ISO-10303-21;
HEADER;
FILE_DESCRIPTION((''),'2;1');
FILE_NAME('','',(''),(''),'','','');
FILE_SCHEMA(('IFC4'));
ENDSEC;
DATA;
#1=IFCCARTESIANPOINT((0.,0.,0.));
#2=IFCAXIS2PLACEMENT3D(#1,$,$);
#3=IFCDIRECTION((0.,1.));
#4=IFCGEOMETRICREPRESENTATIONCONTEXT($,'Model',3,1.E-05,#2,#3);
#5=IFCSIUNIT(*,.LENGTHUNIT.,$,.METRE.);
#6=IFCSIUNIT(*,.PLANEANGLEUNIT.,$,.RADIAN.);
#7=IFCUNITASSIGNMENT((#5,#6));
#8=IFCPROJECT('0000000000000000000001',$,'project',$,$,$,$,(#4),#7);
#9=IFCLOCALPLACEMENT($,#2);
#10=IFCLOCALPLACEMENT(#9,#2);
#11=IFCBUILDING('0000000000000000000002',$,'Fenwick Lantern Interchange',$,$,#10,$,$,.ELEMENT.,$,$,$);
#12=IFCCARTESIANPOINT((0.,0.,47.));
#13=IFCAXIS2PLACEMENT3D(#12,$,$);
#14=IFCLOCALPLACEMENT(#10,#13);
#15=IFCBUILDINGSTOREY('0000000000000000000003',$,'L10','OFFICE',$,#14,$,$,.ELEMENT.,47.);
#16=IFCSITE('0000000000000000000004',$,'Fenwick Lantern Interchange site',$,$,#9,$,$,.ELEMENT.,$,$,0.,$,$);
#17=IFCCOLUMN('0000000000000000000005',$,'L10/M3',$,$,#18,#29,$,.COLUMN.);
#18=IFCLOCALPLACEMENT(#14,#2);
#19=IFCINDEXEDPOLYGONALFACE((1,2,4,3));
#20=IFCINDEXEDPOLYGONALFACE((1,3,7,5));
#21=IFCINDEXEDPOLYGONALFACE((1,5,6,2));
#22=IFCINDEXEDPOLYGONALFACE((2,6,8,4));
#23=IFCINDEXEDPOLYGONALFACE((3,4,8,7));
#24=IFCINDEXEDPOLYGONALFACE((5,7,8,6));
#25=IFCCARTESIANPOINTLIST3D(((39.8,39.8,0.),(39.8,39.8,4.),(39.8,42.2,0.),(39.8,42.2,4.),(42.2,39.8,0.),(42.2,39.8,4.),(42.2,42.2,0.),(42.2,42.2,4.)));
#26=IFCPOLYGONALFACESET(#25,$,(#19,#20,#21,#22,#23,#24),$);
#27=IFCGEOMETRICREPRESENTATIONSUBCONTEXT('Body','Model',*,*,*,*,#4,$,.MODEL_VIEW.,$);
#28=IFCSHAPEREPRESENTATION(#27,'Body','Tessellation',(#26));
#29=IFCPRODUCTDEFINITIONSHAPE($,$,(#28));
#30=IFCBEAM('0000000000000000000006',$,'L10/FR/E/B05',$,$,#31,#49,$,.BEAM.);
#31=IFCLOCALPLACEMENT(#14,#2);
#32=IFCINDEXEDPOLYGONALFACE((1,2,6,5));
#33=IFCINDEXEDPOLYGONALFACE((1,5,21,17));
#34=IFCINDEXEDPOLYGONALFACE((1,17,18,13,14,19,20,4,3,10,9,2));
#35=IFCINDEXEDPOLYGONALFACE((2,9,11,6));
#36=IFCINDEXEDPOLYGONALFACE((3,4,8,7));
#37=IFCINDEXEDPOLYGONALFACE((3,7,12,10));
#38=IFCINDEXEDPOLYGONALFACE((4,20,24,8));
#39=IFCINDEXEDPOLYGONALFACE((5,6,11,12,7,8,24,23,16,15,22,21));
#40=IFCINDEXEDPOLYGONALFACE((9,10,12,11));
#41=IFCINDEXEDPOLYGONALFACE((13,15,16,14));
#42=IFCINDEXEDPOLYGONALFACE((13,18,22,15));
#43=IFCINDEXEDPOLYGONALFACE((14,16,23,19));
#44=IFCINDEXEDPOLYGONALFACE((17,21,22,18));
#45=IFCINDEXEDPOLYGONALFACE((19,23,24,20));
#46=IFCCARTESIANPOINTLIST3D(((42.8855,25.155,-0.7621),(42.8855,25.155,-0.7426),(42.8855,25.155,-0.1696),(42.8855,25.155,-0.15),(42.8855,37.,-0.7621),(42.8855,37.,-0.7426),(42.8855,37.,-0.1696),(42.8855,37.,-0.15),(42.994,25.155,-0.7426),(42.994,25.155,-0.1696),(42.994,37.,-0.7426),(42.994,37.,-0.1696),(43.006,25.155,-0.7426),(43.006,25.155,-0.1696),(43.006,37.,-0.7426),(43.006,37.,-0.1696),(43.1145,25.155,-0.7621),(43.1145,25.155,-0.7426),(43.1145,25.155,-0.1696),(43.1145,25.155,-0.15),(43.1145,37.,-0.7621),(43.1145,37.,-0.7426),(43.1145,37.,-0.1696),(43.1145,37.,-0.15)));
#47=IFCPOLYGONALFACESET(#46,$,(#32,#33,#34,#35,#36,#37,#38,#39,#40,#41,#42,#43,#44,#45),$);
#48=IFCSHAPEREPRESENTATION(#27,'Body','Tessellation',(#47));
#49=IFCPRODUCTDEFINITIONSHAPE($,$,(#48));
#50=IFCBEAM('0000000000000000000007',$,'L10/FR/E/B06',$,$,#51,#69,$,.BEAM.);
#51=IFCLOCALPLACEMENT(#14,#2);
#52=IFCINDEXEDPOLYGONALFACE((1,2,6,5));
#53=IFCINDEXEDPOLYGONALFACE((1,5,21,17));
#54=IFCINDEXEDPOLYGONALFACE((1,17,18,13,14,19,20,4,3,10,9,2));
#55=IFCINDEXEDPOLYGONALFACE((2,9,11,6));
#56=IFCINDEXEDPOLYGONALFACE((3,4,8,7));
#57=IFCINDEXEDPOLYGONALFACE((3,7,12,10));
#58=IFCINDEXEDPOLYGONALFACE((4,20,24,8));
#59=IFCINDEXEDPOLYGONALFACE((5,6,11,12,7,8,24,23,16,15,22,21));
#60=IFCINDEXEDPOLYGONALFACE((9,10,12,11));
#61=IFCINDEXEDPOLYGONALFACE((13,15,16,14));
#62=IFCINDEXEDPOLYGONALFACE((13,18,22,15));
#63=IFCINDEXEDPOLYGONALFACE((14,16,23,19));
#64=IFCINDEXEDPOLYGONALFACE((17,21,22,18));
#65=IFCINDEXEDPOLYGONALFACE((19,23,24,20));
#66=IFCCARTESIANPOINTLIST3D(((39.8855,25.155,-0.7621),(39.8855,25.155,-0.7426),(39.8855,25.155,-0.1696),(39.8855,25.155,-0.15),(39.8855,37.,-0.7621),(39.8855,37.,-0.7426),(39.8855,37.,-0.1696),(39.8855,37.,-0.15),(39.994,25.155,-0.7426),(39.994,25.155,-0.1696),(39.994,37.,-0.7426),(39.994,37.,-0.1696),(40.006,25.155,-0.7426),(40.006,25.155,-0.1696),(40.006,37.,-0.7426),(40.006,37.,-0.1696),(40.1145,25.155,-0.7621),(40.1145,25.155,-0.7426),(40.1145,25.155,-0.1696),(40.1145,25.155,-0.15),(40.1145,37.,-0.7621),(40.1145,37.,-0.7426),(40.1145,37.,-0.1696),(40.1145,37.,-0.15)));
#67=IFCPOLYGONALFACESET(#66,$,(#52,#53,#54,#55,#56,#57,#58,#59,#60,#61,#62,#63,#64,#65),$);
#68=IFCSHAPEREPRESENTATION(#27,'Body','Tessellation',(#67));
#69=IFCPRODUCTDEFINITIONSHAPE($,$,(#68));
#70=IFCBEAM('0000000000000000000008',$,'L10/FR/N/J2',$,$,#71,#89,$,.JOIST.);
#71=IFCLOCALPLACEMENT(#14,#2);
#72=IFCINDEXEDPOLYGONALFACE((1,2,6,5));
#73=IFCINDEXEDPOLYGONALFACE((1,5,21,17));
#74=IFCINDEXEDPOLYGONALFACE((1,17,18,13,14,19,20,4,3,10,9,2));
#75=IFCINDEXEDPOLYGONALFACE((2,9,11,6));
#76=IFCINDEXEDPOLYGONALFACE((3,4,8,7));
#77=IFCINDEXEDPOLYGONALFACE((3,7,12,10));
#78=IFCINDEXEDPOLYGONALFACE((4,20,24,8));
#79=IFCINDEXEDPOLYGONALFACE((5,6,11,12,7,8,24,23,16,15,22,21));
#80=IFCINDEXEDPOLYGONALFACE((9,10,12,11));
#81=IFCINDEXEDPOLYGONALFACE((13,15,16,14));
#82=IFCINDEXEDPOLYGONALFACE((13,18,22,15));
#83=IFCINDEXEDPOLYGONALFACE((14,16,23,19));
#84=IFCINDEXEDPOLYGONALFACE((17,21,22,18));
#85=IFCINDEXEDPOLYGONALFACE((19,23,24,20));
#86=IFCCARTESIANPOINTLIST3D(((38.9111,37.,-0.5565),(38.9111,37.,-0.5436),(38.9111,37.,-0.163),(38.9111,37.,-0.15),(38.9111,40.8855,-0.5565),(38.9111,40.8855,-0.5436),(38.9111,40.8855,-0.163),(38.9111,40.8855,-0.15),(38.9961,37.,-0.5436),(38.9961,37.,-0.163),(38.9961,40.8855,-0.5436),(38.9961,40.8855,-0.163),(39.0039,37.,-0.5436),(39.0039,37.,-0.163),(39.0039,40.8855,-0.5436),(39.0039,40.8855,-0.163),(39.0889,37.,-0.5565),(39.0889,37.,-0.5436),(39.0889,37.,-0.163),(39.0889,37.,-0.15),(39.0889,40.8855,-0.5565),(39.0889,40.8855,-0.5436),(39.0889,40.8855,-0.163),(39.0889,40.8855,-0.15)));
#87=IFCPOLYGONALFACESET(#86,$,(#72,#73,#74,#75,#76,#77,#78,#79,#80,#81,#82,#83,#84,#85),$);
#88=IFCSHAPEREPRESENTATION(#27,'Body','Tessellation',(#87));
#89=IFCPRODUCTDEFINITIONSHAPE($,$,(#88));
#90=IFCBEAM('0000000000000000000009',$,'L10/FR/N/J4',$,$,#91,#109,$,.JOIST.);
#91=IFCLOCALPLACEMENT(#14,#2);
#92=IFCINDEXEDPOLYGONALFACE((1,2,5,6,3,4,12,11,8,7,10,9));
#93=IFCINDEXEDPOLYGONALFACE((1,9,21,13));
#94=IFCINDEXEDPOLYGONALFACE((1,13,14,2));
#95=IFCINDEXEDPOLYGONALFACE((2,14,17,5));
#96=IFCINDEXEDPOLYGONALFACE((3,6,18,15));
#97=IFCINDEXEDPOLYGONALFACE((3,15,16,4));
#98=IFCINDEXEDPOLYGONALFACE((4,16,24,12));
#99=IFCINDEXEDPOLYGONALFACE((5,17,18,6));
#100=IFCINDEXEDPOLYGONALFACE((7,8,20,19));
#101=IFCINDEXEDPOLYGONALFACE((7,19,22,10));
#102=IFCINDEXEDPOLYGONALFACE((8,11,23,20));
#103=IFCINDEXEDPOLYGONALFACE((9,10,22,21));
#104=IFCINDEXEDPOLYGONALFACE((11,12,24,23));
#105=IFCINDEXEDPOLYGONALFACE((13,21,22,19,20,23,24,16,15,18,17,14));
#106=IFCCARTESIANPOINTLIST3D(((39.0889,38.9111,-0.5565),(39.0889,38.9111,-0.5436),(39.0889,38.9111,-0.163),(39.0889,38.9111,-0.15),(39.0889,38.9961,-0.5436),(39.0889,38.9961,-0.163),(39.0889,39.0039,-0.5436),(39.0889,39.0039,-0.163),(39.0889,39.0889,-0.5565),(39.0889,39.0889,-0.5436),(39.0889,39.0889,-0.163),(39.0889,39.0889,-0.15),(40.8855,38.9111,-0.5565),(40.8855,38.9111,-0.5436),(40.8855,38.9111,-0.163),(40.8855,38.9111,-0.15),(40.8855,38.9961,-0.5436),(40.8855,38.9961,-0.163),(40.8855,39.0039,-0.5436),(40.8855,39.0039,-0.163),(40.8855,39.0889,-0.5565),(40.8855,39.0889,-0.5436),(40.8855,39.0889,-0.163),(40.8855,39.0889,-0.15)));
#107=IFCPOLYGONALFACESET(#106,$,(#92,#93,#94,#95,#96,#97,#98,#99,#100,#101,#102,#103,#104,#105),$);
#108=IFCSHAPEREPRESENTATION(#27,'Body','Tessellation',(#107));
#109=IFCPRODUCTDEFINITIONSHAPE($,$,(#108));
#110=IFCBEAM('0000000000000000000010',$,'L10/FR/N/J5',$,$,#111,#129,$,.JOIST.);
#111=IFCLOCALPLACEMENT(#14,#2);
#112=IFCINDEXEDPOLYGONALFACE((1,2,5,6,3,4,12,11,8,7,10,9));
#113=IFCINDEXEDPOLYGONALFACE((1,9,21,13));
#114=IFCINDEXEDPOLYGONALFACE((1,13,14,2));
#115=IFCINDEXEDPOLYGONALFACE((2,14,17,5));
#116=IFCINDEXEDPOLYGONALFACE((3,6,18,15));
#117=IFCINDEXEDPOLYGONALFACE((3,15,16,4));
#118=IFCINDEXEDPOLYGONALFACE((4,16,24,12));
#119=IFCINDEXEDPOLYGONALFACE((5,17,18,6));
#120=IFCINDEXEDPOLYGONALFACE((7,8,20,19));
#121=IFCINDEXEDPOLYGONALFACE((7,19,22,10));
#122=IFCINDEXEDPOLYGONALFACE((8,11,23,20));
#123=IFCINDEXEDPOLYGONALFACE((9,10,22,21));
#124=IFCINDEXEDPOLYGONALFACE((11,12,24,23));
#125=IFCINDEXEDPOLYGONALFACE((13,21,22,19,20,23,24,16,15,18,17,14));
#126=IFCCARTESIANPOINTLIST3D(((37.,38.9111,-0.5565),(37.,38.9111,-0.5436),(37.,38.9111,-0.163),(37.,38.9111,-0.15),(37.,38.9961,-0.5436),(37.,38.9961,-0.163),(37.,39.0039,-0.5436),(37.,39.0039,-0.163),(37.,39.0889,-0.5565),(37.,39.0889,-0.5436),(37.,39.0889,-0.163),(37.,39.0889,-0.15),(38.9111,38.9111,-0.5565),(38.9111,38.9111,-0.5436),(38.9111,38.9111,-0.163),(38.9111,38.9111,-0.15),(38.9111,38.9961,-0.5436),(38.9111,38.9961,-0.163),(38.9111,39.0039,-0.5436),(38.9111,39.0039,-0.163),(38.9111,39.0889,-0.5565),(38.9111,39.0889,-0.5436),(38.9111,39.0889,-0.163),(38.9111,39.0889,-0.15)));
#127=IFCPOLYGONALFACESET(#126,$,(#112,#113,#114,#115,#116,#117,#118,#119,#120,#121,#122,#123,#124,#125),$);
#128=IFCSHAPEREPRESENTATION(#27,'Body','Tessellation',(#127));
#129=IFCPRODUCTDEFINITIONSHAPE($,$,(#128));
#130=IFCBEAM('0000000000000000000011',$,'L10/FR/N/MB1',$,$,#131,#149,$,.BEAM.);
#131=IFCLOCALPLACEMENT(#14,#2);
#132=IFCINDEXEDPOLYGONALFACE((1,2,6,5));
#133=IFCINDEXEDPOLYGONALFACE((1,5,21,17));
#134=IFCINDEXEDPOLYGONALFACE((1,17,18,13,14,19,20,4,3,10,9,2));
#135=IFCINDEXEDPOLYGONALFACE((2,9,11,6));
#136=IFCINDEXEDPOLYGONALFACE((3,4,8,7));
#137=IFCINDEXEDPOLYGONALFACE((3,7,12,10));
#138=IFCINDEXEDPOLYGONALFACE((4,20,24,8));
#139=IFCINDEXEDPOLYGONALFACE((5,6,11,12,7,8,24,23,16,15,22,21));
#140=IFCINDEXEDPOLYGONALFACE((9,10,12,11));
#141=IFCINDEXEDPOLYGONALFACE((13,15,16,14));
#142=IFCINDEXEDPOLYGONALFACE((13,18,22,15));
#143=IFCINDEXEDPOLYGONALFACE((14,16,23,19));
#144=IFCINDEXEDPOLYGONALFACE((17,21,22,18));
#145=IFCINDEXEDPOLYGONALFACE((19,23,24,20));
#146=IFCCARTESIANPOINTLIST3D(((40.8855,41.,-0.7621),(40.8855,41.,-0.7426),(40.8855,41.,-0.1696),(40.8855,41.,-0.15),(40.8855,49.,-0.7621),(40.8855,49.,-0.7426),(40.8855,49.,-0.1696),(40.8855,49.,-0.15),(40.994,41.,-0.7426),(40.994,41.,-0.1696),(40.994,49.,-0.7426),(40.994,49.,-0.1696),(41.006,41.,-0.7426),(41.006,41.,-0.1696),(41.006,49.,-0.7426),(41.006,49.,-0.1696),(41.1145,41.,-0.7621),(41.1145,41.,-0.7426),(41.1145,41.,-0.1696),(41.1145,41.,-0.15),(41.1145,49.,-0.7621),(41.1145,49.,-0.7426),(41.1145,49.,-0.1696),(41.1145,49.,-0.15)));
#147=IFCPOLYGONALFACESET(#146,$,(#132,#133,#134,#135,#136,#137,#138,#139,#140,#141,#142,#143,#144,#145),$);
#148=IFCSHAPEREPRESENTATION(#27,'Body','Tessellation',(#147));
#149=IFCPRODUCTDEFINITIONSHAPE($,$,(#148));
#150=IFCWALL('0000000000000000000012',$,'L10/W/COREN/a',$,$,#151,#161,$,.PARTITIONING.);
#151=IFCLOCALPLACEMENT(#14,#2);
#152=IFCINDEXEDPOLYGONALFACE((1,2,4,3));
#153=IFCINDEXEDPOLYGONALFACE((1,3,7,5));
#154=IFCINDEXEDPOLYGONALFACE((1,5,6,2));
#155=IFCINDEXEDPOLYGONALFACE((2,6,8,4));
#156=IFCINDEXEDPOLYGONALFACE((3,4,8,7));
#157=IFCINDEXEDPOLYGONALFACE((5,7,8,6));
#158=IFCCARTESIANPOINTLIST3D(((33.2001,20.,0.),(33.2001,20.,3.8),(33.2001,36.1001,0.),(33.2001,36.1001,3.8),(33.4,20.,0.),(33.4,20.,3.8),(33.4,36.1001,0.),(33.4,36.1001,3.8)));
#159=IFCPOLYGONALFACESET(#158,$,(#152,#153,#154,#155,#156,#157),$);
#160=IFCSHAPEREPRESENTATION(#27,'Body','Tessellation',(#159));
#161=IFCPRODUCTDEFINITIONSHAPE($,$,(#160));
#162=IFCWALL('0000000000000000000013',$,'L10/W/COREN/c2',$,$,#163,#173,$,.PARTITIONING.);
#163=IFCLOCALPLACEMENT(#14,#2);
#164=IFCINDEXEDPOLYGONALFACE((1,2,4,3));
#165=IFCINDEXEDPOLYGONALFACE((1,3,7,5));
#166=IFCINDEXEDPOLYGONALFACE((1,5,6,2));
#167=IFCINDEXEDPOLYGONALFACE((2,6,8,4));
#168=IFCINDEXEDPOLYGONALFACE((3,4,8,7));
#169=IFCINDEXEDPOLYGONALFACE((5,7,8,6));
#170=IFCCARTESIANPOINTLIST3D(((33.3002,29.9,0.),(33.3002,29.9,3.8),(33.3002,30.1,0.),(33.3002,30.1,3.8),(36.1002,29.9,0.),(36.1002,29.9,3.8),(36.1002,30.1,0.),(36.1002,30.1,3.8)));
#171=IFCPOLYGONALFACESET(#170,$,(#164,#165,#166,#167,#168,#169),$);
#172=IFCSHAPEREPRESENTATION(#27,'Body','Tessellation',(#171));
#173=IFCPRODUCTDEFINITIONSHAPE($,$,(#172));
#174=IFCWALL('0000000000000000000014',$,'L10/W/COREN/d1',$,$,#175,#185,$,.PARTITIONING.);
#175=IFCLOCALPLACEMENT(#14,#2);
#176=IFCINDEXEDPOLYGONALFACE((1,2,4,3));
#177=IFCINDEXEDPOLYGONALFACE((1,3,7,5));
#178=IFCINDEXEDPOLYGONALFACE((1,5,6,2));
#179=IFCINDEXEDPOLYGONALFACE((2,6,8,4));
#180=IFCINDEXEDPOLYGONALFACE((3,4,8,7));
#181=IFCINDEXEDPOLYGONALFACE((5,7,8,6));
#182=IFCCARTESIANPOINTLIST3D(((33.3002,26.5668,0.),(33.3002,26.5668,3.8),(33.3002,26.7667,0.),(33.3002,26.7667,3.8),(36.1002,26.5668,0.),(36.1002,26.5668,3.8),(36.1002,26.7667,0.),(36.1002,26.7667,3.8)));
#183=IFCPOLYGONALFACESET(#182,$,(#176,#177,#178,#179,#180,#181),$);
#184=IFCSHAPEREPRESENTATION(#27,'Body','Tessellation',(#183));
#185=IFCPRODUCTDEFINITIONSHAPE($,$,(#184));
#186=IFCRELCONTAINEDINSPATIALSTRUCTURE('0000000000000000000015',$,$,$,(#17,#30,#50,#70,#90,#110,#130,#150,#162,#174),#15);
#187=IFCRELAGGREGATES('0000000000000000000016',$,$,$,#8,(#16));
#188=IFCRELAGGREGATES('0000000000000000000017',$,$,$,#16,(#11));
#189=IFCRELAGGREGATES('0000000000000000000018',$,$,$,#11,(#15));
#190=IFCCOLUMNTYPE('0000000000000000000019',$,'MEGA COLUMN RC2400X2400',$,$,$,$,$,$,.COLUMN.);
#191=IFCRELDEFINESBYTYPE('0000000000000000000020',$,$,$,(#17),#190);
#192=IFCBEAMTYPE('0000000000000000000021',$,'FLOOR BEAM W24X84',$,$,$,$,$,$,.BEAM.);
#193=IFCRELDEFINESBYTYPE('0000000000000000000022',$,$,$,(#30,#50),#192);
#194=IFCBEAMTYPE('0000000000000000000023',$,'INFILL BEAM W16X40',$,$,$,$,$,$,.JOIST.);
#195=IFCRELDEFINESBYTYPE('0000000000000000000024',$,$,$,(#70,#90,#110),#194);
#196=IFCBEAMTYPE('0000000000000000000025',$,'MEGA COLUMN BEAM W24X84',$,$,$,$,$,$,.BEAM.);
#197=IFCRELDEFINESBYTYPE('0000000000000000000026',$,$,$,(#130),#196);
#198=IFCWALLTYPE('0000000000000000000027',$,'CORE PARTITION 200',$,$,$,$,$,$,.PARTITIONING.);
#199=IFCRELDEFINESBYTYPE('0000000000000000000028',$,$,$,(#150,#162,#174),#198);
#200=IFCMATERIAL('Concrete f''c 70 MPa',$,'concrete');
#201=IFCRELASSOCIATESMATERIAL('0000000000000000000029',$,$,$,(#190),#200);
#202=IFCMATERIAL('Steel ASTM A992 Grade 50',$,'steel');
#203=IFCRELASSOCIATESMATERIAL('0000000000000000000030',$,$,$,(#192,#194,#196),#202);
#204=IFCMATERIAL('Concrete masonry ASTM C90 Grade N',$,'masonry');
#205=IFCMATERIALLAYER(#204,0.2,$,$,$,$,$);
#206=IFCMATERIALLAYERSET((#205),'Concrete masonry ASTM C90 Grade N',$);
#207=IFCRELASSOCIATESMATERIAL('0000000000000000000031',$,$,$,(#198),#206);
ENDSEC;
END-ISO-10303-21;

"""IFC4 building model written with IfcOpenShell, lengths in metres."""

from ifc_helpers import new_model, si_unit, direction, frame, frame_2d, origin, origin_2d, place, context, subcontext, project, spatial, rectangle, i_section, extrude, material, layer, layer_set, material_profile, profile_set, type_object, element, save


model = new_model("IFC4")

# Units and contexts
model_context = context("Model", 3, precision=1e-05, world=origin(), true_north=direction((0.0, 1.0)))
body_context = subcontext(model_context, "Body", "Model", "MODEL_VIEW")
ifc_project = project(units=[si_unit("LENGTHUNIT", "METRE"), si_unit("PLANEANGLEUNIT", "RADIAN")], contexts=[model_context])

# Site, building, storey
site_placement = place(None, origin())
site = spatial("IfcSite", under=ifc_project, at=site_placement, Name="Fenwick Lantern Interchange site", CompositionType="ELEMENT", RefElevation=0.0)
building_placement = place(site_placement, origin())
building = spatial("IfcBuilding", under=site, at=building_placement, Name="Fenwick Lantern Interchange", CompositionType="ELEMENT")
storey_placement = place(building_placement, frame((0.0, 0.0, 47.0)))
storey = spatial("IfcBuildingStorey", under=building, at=storey_placement, Name="L10", Description="OFFICE", CompositionType="ELEMENT", Elevation=47.0)

# Column
ifc_material_1 = material(Name="Concrete f'c 70 MPa", Category="concrete")
ifc_material_profile_1 = material_profile(ifc_material_1, rectangle(XDim=2.3999, YDim=2.3999, at=origin_2d()), Name="RC2400X2400")
ifc_profile_set_1 = profile_set([ifc_material_profile_1], Name="Concrete f'c 70 MPa")
column_type = type_object("IfcColumnType", Name="MEGA COLUMN RC2400X2400", PredefinedType="COLUMN", material=ifc_profile_set_1)
column_placement = place(storey_placement, frame((41.0, 41.0, 0.0), z_axis=(0.0, 0.0, 1.0), x_axis=(1.0, 0.0, 0.0)))
element("IfcColumn", 1, at=column_placement, inside=storey, type_object=column_type, Name="L10/M3", PredefinedType="COLUMN", context=body_context, shape_type="SweptSolid", body=[
    extrude(rectangle(XDim=2.3999, YDim=2.3999, at=origin_2d()), origin(), (0.0, 0.0, 1.0), 4.0),
])

# Beams
ifc_material_2 = material(Name="Steel ASTM A992 Grade 50", Category="steel")
ifc_material_profile_2 = material_profile(ifc_material_2, i_section(OverallWidth=0.229, OverallDepth=0.6121, WebThickness=0.012, FlangeThickness=0.0195, at=origin_2d()), Name="W24X84")
ifc_profile_set_2 = profile_set([ifc_material_profile_2], Name="Steel ASTM A992 Grade 50")
beam_type_1 = type_object("IfcBeamType", Name="FLOOR BEAM W24X84", PredefinedType="BEAM", material=ifc_profile_set_2)
for number, where, z_axis, x_axis, name in (
    (2, (43.0, 25.155, -0.4561), (0.0, 1.0, 0.0), (-1.0, 0.0, 0.0), "L10/FR/E/B05"),
    (3, (40.0, 25.155, -0.4561), (0.0, 1.0, 0.0), (-1.0, 0.0, 0.0), "L10/FR/E/B06"),
):
    element("IfcBeam", number, at=place(storey_placement, frame(where, z_axis=z_axis, x_axis=x_axis)), inside=storey, type_object=beam_type_1, Name=name, PredefinedType="BEAM", context=body_context, shape_type="SweptSolid", body=[
        extrude(i_section(OverallWidth=0.229, OverallDepth=0.6121, WebThickness=0.012, FlangeThickness=0.0195, at=origin_2d()), origin(), (0.0, 0.0, 1.0), 11.845),
    ])
ifc_material_profile_3 = material_profile(ifc_material_2, i_section(OverallWidth=0.1777, OverallDepth=0.4065, WebThickness=0.0078, FlangeThickness=0.0129, at=origin_2d()), Name="W16X40")
ifc_profile_set_3 = profile_set([ifc_material_profile_3], Name="Steel ASTM A992 Grade 50")
beam_type_2 = type_object("IfcBeamType", Name="INFILL BEAM W16X40", PredefinedType="JOIST", material=ifc_profile_set_3)
beam_1_placement = place(storey_placement, frame((39.0, 40.8855, -0.3533), z_axis=(0.0, -1.0, 0.0), x_axis=(1.0, 0.0, 0.0)))
element("IfcBeam", 4, at=beam_1_placement, inside=storey, type_object=beam_type_2, Name="L10/FR/N/J2", PredefinedType="JOIST", context=body_context, shape_type="SweptSolid", body=[
    extrude(i_section(OverallWidth=0.1777, OverallDepth=0.4065, WebThickness=0.0078, FlangeThickness=0.0129, at=origin_2d()), origin(), (0.0, 0.0, 1.0), 3.8855),
])
beam_2_placement = place(storey_placement, frame((40.8855, 39.0, -0.3533), z_axis=(-1.0, 0.0, 0.0), x_axis=(0.0, -1.0, 0.0)))
element("IfcBeam", 5, at=beam_2_placement, inside=storey, type_object=beam_type_2, Name="L10/FR/N/J4", PredefinedType="JOIST", context=body_context, shape_type="SweptSolid", body=[
    extrude(i_section(OverallWidth=0.1777, OverallDepth=0.4065, WebThickness=0.0078, FlangeThickness=0.0129, at=origin_2d()), origin(), (0.0, 0.0, 1.0), 1.7966),
])
beam_3_placement = place(storey_placement, frame((38.9111, 39.0, -0.3533), z_axis=(-1.0, 0.0, 0.0), x_axis=(0.0, -1.0, 0.0)))
element("IfcBeam", 6, at=beam_3_placement, inside=storey, type_object=beam_type_2, Name="L10/FR/N/J5", PredefinedType="JOIST", context=body_context, shape_type="SweptSolid", body=[
    extrude(i_section(OverallWidth=0.1777, OverallDepth=0.4065, WebThickness=0.0078, FlangeThickness=0.0129, at=origin_2d()), origin(), (0.0, 0.0, 1.0), 1.9111),
])
ifc_material_profile_4 = material_profile(ifc_material_2, i_section(OverallWidth=0.229, OverallDepth=0.6121, WebThickness=0.012, FlangeThickness=0.0195, at=origin_2d()), Name="W24X84")
ifc_profile_set_4 = profile_set([ifc_material_profile_4], Name="Steel ASTM A992 Grade 50")
beam_type_3 = type_object("IfcBeamType", Name="MEGA COLUMN BEAM W24X84", PredefinedType="BEAM", material=ifc_profile_set_4)
beam_4_placement = place(storey_placement, frame((41.0, 41.0, -0.4561), z_axis=(0.0, 1.0, 0.0), x_axis=(-1.0, 0.0, 0.0)))
element("IfcBeam", 7, at=beam_4_placement, inside=storey, type_object=beam_type_3, Name="L10/FR/N/MB1", PredefinedType="BEAM", context=body_context, shape_type="SweptSolid", body=[
    extrude(i_section(OverallWidth=0.229, OverallDepth=0.6121, WebThickness=0.012, FlangeThickness=0.0195, at=origin_2d()), origin(), (0.0, 0.0, 1.0), 8.0),
])

# Walls
ifc_material_3 = material(Name="Concrete masonry ASTM C90 Grade N", Category="masonry")
ifc_layer_1 = layer(ifc_material_3, 0.2)
ifc_layer_set_1 = layer_set([ifc_layer_1], Name="Concrete masonry ASTM C90 Grade N")
wall_type_1 = type_object("IfcWallType", Name="CORE PARTITION 200", PredefinedType="PARTITIONING", material=ifc_layer_set_1)
wall_1_placement = place(storey_placement, frame((33.3, 36.1001, 0.0), z_axis=(0.0, 0.0, 1.0), x_axis=(0.0, -1.0, 0.0)))
element("IfcWall", 8, at=wall_1_placement, inside=storey, type_object=wall_type_1, Name="L10/W/COREN/a", PredefinedType="PARTITIONING", context=body_context, shape_type="SweptSolid", body=[
    extrude(rectangle(XDim=16.1001, YDim=0.2, at=frame_2d((8.05, 0.0))), origin(), (0.0, 0.0, 1.0), 3.8),
])
for number, where, z_axis, x_axis, name in (
    (9, (36.1001, 30.0, 0.0), (0.0, 0.0, 1.0), (-1.0, 0.0, 0.0), "L10/W/COREN/c2"),
    (10, (36.1001, 26.6667, 0.0), (0.0, 0.0, 1.0), (-1.0, 0.0, 0.0), "L10/W/COREN/d1"),
):
    element("IfcWall", number, at=place(storey_placement, frame(where, z_axis=z_axis, x_axis=x_axis)), inside=storey, type_object=wall_type_1, Name=name, PredefinedType="PARTITIONING", context=body_context, shape_type="SweptSolid", body=[
        extrude(rectangle(XDim=2.8, YDim=0.2, at=frame_2d((1.3999, 0.0))), origin(), (0.0, 0.0, 1.0), 3.8),
    ])

save(model, "model.ifc")
